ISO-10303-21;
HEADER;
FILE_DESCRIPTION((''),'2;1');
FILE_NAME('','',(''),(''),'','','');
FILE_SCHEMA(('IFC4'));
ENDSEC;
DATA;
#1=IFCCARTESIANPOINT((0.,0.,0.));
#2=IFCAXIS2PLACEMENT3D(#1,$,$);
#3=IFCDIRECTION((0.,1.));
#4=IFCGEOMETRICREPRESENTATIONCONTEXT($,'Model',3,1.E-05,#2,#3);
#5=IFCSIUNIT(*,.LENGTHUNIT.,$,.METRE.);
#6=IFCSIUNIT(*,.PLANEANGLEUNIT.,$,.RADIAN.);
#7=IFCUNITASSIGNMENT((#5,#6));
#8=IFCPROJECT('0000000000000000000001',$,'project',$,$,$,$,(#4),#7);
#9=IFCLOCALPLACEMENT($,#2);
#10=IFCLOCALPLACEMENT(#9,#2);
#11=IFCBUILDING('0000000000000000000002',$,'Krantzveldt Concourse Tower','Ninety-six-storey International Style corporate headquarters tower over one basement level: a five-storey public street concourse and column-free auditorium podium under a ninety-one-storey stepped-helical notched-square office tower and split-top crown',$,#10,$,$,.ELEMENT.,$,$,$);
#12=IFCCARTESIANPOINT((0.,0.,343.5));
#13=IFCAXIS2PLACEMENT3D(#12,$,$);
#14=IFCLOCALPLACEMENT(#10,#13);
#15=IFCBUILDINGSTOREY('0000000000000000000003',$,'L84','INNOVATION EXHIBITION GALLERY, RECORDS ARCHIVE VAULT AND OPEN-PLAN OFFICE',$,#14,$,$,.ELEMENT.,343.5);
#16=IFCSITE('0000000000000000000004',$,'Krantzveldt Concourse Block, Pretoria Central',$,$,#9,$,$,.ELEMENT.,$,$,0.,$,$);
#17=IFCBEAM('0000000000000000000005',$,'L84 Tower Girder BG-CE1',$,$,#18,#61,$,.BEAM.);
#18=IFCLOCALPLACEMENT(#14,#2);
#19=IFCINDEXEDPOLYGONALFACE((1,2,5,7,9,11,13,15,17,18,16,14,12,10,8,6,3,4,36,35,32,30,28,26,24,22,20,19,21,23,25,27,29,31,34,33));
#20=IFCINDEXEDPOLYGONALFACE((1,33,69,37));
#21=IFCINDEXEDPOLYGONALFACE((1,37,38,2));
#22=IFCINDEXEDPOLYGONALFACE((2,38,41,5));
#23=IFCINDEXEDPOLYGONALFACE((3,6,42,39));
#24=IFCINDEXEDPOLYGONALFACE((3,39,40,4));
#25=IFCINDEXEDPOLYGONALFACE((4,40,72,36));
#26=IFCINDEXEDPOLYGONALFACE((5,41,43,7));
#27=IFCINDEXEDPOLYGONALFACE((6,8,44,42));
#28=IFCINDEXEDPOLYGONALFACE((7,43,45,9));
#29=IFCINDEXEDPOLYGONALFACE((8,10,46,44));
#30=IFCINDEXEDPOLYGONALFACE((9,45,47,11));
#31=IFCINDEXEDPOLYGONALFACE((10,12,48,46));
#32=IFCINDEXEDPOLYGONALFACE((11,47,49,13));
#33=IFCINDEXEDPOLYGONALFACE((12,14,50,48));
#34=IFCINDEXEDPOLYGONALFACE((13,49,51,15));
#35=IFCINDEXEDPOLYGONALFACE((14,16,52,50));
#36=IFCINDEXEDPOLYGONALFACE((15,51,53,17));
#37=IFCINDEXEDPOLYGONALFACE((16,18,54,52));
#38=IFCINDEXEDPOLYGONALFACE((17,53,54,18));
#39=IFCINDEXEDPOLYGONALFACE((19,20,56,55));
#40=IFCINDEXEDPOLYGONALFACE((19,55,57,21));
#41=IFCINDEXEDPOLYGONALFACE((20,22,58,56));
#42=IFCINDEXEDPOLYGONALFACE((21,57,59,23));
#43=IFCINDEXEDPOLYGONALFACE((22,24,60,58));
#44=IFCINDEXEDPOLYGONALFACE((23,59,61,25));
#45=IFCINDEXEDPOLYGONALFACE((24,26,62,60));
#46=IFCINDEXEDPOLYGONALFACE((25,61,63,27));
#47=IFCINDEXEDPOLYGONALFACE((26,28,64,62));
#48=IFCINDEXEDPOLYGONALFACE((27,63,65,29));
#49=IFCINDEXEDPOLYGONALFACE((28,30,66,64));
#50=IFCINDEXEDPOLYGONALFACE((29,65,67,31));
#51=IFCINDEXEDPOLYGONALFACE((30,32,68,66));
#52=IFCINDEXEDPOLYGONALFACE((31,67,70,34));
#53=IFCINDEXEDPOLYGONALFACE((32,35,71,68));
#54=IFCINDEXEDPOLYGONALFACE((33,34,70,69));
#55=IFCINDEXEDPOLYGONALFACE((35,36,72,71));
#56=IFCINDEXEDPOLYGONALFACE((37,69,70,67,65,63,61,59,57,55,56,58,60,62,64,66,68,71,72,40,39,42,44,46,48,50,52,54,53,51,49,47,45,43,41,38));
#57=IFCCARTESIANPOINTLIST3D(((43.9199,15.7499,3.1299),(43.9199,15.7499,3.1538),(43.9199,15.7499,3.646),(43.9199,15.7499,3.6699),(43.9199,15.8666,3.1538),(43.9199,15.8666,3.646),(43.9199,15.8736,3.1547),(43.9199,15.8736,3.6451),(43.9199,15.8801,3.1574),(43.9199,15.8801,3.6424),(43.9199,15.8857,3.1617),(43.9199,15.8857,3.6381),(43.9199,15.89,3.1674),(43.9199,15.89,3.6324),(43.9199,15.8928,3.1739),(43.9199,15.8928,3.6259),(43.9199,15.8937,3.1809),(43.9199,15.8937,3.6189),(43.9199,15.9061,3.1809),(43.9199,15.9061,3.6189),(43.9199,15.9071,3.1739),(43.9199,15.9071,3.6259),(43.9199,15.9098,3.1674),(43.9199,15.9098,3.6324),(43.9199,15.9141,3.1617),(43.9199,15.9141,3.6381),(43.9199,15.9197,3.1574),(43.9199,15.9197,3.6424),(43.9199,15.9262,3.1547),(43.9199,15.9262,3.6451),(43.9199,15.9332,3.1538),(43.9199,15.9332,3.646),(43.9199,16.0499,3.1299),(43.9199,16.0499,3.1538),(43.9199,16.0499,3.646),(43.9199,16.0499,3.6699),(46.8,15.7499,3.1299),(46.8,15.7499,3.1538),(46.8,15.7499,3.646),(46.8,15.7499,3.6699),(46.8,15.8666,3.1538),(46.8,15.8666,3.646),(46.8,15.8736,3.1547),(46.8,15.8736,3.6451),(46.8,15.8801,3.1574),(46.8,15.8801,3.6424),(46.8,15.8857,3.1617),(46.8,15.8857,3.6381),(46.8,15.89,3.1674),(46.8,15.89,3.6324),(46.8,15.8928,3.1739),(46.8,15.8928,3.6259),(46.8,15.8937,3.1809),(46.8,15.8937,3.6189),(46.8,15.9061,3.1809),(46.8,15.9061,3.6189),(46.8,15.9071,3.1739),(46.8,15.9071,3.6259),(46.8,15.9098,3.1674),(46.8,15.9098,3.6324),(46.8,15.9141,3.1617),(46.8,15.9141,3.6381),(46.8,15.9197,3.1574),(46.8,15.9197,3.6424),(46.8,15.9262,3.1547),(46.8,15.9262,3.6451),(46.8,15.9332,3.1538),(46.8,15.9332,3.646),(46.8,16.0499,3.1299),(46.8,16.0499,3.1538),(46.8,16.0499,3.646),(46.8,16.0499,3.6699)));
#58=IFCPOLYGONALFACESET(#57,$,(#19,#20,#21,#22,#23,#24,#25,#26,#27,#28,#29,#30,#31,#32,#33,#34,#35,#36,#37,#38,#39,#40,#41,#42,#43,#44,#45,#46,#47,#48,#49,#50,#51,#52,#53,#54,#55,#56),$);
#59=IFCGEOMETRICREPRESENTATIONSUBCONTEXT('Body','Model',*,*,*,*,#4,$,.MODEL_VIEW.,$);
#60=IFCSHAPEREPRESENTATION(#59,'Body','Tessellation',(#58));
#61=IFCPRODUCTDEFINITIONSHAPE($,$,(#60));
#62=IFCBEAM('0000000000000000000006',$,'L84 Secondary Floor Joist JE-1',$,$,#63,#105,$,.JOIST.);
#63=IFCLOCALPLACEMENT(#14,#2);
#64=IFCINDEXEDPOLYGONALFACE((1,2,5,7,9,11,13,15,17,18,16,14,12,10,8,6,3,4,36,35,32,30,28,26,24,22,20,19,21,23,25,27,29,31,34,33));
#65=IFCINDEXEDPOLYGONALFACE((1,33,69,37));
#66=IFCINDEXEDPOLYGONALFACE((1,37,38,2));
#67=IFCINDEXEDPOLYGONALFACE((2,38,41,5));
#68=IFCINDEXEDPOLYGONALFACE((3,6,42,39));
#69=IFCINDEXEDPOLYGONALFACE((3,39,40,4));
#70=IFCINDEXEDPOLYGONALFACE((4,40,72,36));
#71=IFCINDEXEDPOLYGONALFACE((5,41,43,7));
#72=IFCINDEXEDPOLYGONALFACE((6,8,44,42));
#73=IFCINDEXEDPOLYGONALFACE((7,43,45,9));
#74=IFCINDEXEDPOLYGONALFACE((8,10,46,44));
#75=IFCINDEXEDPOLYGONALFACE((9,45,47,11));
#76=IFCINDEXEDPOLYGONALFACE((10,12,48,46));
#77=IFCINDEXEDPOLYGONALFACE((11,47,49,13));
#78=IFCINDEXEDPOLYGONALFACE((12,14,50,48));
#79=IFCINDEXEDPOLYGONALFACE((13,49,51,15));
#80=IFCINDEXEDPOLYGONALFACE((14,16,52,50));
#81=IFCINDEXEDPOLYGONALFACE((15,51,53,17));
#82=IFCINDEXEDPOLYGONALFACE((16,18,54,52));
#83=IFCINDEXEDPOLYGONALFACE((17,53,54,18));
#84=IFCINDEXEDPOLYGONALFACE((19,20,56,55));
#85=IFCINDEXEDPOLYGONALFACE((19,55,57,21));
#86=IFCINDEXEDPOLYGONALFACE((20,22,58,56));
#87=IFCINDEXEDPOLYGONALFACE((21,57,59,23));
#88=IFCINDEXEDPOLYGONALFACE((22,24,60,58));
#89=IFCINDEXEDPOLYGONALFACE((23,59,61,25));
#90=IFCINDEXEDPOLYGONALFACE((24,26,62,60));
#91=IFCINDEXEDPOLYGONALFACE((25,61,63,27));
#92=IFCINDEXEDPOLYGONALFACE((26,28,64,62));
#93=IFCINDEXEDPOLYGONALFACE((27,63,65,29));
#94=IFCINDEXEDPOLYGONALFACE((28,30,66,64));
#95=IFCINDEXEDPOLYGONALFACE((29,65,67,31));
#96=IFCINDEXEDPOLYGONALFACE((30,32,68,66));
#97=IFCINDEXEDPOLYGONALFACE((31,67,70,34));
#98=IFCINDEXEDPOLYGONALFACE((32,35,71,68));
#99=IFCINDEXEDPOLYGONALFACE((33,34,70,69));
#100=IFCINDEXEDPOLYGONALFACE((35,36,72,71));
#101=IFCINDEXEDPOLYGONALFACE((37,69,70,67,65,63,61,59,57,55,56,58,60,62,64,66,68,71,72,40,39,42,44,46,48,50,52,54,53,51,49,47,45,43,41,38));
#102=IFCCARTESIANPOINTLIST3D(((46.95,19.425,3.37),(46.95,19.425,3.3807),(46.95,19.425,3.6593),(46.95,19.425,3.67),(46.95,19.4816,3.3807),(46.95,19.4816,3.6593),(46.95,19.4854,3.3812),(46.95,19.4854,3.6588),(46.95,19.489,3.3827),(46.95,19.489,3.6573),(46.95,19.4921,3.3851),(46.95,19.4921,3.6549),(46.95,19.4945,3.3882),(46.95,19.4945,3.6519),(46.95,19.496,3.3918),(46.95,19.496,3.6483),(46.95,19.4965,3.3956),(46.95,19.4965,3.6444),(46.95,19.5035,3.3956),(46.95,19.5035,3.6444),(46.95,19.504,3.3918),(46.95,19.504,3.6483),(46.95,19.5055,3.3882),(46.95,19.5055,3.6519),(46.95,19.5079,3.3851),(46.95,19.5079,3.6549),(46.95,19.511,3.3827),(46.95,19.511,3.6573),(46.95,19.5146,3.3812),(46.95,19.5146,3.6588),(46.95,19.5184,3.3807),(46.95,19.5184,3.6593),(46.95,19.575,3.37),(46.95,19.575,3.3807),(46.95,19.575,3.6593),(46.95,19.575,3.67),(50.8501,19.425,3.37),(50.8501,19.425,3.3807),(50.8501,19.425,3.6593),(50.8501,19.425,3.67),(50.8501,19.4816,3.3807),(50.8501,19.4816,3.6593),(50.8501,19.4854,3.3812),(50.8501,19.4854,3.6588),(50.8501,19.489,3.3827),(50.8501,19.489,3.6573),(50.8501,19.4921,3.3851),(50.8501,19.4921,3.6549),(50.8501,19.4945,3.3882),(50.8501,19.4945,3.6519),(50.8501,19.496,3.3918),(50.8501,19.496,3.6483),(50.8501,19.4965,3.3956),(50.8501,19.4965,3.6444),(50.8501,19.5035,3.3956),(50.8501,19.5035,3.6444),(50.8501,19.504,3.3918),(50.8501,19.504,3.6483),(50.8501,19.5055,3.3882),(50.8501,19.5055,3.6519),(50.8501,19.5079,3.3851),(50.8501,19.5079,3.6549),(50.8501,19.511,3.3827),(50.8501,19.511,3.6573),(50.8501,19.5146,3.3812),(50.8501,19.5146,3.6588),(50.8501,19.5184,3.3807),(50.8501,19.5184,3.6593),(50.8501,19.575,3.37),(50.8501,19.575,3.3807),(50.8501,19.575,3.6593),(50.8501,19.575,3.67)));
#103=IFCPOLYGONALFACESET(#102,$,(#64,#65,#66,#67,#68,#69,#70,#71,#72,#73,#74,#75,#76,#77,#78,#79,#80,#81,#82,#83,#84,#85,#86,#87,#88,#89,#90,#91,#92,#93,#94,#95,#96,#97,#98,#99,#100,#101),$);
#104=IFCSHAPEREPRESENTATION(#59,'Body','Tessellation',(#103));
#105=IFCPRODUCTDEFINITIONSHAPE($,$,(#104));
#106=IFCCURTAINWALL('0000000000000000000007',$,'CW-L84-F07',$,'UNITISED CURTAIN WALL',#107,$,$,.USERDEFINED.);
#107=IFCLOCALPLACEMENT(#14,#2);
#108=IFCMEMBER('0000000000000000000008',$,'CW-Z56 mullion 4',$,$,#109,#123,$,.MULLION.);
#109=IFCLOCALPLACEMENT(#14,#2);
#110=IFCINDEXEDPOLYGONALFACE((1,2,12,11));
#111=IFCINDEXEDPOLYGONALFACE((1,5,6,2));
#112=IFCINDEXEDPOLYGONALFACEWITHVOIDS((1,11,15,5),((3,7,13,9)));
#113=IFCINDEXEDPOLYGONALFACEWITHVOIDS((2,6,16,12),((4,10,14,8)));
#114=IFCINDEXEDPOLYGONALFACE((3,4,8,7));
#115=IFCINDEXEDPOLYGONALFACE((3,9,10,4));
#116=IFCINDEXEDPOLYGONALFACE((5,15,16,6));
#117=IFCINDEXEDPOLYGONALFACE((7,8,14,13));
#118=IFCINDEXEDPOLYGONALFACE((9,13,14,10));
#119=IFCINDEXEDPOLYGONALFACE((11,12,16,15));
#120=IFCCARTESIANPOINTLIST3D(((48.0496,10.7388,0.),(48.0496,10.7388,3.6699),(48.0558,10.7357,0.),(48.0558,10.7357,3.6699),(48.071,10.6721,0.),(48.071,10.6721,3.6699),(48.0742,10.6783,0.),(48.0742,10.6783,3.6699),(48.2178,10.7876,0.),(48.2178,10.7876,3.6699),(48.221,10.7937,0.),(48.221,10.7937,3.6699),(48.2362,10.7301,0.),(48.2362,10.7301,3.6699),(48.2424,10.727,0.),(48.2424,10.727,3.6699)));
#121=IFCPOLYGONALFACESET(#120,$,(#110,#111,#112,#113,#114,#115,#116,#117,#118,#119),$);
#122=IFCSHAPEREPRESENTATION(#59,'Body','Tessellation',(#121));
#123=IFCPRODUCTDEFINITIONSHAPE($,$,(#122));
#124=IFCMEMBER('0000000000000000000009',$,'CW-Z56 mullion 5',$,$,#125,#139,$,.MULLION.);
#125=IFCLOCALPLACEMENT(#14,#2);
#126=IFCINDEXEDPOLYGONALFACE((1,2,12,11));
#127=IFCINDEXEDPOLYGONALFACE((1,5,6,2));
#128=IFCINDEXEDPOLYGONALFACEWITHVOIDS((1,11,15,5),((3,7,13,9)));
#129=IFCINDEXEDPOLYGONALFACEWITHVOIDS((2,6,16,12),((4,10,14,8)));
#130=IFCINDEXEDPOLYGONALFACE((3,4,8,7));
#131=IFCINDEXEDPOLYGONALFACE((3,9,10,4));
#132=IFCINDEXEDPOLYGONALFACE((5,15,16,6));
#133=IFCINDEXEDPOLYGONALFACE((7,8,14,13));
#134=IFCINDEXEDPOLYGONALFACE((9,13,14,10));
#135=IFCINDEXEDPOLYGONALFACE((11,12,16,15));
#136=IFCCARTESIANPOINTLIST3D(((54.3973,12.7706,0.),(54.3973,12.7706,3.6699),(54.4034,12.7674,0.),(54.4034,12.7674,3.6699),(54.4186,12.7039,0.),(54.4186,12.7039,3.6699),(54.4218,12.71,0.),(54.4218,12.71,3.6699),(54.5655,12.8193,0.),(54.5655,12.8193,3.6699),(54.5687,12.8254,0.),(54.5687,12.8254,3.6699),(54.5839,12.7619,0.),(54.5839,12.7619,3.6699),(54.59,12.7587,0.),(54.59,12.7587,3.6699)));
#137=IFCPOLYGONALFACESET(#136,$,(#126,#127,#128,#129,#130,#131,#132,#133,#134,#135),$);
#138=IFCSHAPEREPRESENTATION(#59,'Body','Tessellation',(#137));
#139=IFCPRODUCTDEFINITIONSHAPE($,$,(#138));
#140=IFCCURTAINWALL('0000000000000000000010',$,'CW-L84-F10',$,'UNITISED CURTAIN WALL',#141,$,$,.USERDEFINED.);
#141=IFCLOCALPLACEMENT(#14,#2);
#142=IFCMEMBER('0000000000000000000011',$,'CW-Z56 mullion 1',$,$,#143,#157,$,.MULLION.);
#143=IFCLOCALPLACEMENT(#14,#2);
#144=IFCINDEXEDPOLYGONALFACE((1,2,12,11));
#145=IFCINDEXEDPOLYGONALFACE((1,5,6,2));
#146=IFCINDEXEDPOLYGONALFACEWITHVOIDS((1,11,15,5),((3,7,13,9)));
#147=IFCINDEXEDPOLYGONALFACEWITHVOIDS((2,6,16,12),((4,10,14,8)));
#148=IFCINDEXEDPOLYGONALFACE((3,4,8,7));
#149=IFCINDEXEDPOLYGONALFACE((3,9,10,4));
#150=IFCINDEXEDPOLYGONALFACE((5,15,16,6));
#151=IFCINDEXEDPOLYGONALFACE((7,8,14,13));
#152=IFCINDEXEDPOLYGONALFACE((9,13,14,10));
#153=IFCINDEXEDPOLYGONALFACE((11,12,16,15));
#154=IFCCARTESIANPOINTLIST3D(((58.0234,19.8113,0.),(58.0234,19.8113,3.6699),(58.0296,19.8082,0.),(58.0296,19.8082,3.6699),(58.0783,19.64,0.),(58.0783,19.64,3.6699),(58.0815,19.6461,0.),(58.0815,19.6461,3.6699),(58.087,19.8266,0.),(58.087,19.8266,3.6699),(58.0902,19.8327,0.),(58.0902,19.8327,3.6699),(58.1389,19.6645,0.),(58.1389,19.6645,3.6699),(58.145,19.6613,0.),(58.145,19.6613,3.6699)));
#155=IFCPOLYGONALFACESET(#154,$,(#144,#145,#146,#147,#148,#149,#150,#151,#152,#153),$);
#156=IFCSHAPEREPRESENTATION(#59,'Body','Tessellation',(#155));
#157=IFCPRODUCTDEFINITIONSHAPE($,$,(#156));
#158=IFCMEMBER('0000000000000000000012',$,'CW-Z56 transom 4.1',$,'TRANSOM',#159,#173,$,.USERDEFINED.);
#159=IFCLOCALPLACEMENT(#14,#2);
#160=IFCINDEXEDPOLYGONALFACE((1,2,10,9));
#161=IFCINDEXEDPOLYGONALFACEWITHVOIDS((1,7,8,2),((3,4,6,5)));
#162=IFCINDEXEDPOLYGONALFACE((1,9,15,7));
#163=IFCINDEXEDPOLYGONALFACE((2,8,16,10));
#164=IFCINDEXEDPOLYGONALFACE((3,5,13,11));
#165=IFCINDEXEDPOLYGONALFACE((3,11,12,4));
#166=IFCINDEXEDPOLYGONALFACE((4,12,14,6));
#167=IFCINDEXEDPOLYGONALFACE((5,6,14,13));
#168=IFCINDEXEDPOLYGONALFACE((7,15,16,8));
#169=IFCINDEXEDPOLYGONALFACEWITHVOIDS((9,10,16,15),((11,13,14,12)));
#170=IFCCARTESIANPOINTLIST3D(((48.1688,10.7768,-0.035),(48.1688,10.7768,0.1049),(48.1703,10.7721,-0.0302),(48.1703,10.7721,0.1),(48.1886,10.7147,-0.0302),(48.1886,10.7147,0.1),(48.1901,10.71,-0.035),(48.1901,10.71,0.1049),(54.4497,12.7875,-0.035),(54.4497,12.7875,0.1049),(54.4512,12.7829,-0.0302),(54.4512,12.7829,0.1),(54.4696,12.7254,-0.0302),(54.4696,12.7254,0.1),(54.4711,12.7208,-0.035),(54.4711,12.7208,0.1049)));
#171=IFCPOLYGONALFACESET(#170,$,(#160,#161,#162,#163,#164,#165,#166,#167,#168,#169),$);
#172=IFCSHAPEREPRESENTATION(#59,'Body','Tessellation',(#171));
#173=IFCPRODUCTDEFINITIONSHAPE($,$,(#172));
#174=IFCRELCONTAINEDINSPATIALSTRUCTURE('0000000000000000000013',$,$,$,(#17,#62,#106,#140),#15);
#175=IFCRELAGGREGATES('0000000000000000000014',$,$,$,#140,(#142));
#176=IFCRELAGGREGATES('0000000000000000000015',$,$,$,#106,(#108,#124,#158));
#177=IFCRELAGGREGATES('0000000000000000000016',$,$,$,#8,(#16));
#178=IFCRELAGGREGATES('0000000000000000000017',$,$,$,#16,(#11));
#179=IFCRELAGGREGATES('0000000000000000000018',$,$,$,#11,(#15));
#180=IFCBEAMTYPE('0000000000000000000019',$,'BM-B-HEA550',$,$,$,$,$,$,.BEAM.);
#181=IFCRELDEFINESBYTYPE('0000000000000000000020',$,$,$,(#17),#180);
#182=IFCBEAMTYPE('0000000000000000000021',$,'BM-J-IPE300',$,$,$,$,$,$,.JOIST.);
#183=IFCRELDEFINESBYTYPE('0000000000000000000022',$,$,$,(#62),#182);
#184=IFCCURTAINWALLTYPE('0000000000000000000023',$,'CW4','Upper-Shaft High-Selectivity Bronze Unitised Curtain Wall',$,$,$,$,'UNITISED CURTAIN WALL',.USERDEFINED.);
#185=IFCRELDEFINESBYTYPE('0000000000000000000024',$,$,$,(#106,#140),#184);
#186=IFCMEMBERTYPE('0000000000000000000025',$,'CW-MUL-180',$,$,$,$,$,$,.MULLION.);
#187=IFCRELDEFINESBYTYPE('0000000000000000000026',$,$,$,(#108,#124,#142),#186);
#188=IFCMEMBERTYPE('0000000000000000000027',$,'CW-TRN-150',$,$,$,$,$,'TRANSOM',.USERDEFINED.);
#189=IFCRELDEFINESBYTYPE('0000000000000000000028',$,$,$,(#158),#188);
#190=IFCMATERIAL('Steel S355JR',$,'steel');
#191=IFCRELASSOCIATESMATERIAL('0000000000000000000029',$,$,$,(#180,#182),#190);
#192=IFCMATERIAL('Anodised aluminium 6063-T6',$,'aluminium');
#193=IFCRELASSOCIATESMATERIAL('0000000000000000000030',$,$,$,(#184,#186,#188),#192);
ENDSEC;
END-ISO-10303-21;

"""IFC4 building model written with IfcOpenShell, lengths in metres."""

from ifc_helpers import new_model, si_unit, direction, frame, origin, origin_2d, place, context, subcontext, project, spatial, hollow_rectangle, i_section, extrude, source, transform, mapped, material, material_profile, profile_set, type_object, type_shapes, element, aggregate, save


model = new_model("IFC4")

# Units and contexts
model_context = context("Model", 3, precision=1e-05, world=origin(), true_north=direction((0.0, 1.0)))
body_context = subcontext(model_context, "Body", "Model", "MODEL_VIEW")
ifc_project = project(units=[si_unit("LENGTHUNIT", "METRE"), si_unit("PLANEANGLEUNIT", "RADIAN")], contexts=[model_context])

# Site, building, storey
site_placement = place(None, origin())
site = spatial("IfcSite", under=ifc_project, at=site_placement, Name="Krantzveldt Concourse Block, Pretoria Central", CompositionType="ELEMENT", RefElevation=0.0)
building_placement = place(site_placement, origin())
building = spatial("IfcBuilding", under=site, at=building_placement, Name="Krantzveldt Concourse Tower", Description="Ninety-six-storey International Style corporate headquarters tower over one basement level: a five-storey public street concourse and column-free auditorium podium under a ninety-one-storey stepped-helical notched-square office tower and split-top crown", CompositionType="ELEMENT")
storey_placement = place(building_placement, frame((0.0, 0.0, 343.5)))
storey = spatial("IfcBuildingStorey", under=building, at=storey_placement, Name="L84", Description="INNOVATION EXHIBITION GALLERY, RECORDS ARCHIVE VAULT AND OPEN-PLAN OFFICE", CompositionType="ELEMENT", Elevation=343.5)

# Beams
ifc_material_1 = material(Name="Steel S355JR", Category="steel")
ifc_material_profile_1 = material_profile(ifc_material_1, i_section(OverallWidth=0.3, OverallDepth=0.54, WebThickness=0.0125, FlangeThickness=0.0239, FilletRadius=0.0271, at=origin_2d()), Name="Steel S355JR", Category="steel")
ifc_profile_set_1 = profile_set([ifc_material_profile_1], Name="Steel S355JR - HEA 550")
beam_type_1 = type_object("IfcBeamType", Name="BM-B-HEA550", PredefinedType="BEAM", material=ifc_profile_set_1)
shared_shape_1 = source(origin(), body_context, "Body", "SweptSolid", [
    extrude(i_section(OverallWidth=0.3, OverallDepth=0.54, WebThickness=0.0125, FlangeThickness=0.0239, FilletRadius=0.0271, at=origin_2d()), origin(), (0.0, 0.0, 1.0), 2.8801),
])
beam_1_placement = place(storey_placement, frame((43.9199, 15.8999, 3.3999), z_axis=(1.0, 0.0, 0.0), x_axis=(0.0, 1.0, 0.0)))
element("IfcBeam", 1, at=beam_1_placement, inside=storey, type_object=beam_type_1, Name="L84 Tower Girder BG-CE1", PredefinedType="BEAM", context=body_context, shape_type="MappedRepresentation", body=[
    mapped(shared_shape_1, transform((0.0, 0.0, 0.0), x_axis=(1.0, 0.0, 0.0), y_axis=(0.0, 1.0, 0.0), z_axis=(0.0, 0.0, 1.0), scale=1.0)),
])
ifc_material_profile_2 = material_profile(ifc_material_1, i_section(OverallWidth=0.1499, OverallDepth=0.3, WebThickness=0.0071, FlangeThickness=0.0107, FilletRadius=0.0149, at=origin_2d()), Name="Steel S355JR", Category="steel")
ifc_profile_set_2 = profile_set([ifc_material_profile_2], Name="Steel S355JR - IPE 300")
beam_type_2 = type_object("IfcBeamType", Name="BM-J-IPE300", PredefinedType="JOIST", material=ifc_profile_set_2)
shared_shape_2 = source(origin(), body_context, "Body", "SweptSolid", [
    extrude(i_section(OverallWidth=0.1499, OverallDepth=0.3, WebThickness=0.0071, FlangeThickness=0.0107, FilletRadius=0.0149, at=origin_2d()), origin(), (0.0, 0.0, 1.0), 3.9001),
])
type_shapes(beam_type_2, [shared_shape_2])
beam_2_placement = place(storey_placement, frame((46.95, 19.5, 3.52), z_axis=(1.0, 0.0, 0.0), x_axis=(0.0, 1.0, 0.0)))
element("IfcBeam", 2, at=beam_2_placement, inside=storey, type_object=beam_type_2, Name="L84 Secondary Floor Joist JE-1", PredefinedType="JOIST", context=body_context, shape_type="MappedRepresentation", body=[
    mapped(shared_shape_2, transform((0.0, 0.0, 0.0), x_axis=(1.0, 0.0, 0.0), y_axis=(0.0, 1.0, 0.0), z_axis=(0.0, 0.0, 1.0), scale=1.0)),
])

# Curtain wall, members
ifc_material_2 = material(Name="Anodised aluminium 6063-T6", Category="aluminium")
curtain_wall_type = type_object("IfcCurtainWallType", Name="CW4", Description="Upper-Shaft High-Selectivity Bronze Unitised Curtain Wall", ElementType="UNITISED CURTAIN WALL", PredefinedType="USERDEFINED", material=ifc_material_2)
curtain_wall_1_placement = place(storey_placement, origin())
curtain_wall_1 = element("IfcCurtainWall", 3, at=curtain_wall_1_placement, inside=storey, type_object=curtain_wall_type, Name="CW-L84-F07", ObjectType="UNITISED CURTAIN WALL", PredefinedType="USERDEFINED")
ifc_material_profile_3 = material_profile(ifc_material_2, hollow_rectangle(XDim=0.0701, YDim=0.1799, WallThickness=0.0049, at=origin_2d()), Name="Anodised aluminium 6063-T6", Category="aluminium")
ifc_profile_set_3 = profile_set([ifc_material_profile_3], Name="Anodised aluminium 6063-T6 - ALU-MULL 180x70x5")
member_type_1 = type_object("IfcMemberType", Name="CW-MUL-180", PredefinedType="MULLION", material=ifc_profile_set_3)
shared_shape_3 = source(origin(), body_context, "Body", "SweptSolid", [
    extrude(hollow_rectangle(XDim=0.0701, YDim=0.1799, WallThickness=0.0049, at=origin_2d()), origin(), (0.0, 0.0, 1.0), 3.6699),
])
type_shapes(member_type_1, [shared_shape_3])
member_1_placement = place(storey_placement, frame((48.146, 10.7329, 0.0), z_axis=(0.0, 0.0, 1.0), x_axis=(-0.304864, 0.952396, 0.0)))
member_1 = element("IfcMember", 4, at=member_1_placement, type_object=member_type_1, Name="CW-Z56 mullion 4", PredefinedType="MULLION", context=body_context, shape_type="MappedRepresentation", body=[
    mapped(shared_shape_3, transform((0.0, 0.0, 0.0), x_axis=(1.0, 0.0, 0.0), y_axis=(0.0, 1.0, 0.0), z_axis=(0.0, 0.0, 1.0), scale=1.0)),
])
member_2_placement = place(storey_placement, frame((54.4937, 12.7646, 0.0), z_axis=(0.0, 0.0, 1.0), x_axis=(-0.304864, 0.952396, 0.0)))
member_2 = element("IfcMember", 5, at=member_2_placement, type_object=member_type_1, Name="CW-Z56 mullion 5", PredefinedType="MULLION", context=body_context, shape_type="MappedRepresentation", body=[
    mapped(shared_shape_3, transform((0.0, 0.0, 0.0), x_axis=(1.0, 0.0, 0.0), y_axis=(0.0, 1.0, 0.0), z_axis=(0.0, 0.0, 1.0), scale=1.0)),
])

# Curtain wall, member
curtain_wall_2_placement = place(storey_placement, origin())
curtain_wall_2 = element("IfcCurtainWall", 6, at=curtain_wall_2_placement, inside=storey, type_object=curtain_wall_type, Name="CW-L84-F10", ObjectType="UNITISED CURTAIN WALL", PredefinedType="USERDEFINED")
member_3_placement = place(storey_placement, frame((58.0842, 19.7363, 0.0), z_axis=(0.0, 0.0, 1.0), x_axis=(-0.952396, -0.304865, 0.0)))
member_3 = element("IfcMember", 7, at=member_3_placement, type_object=member_type_1, Name="CW-Z56 mullion 1", PredefinedType="MULLION", context=body_context, shape_type="MappedRepresentation", body=[
    mapped(shared_shape_3, transform((0.0, 0.0, 0.0), x_axis=(1.0, 0.0, 0.0), y_axis=(0.0, 1.0, 0.0), z_axis=(0.0, 0.0, 1.0), scale=1.0)),
])

# Member
ifc_material_profile_4 = material_profile(ifc_material_2, hollow_rectangle(XDim=0.0701, YDim=0.1399, WallThickness=0.0049, at=origin_2d()), Name="Anodised aluminium 6063-T6", Category="aluminium")
ifc_profile_set_4 = profile_set([ifc_material_profile_4], Name="Anodised aluminium 6063-T6 - ALU-TRAN 140x70x5")
member_type_2 = type_object("IfcMemberType", Name="CW-TRN-150", ElementType="TRANSOM", PredefinedType="USERDEFINED", material=ifc_profile_set_4)
shared_shape_4 = source(origin(), body_context, "Body", "SweptSolid", [
    extrude(hollow_rectangle(XDim=0.0701, YDim=0.1399, WallThickness=0.0049, at=origin_2d()), origin(), (0.0, 0.0, 1.0), 6.595),
])
member_4_placement = place(storey_placement, frame((48.1794, 10.7434, 0.0349), z_axis=(0.952388, 0.304889, 0.0), x_axis=(-0.304889, 0.952388, 0.0)))
member_4 = element("IfcMember", 8, at=member_4_placement, type_object=member_type_2, Name="CW-Z56 transom 4.1", ObjectType="TRANSOM", PredefinedType="USERDEFINED", context=body_context, shape_type="MappedRepresentation", body=[
    mapped(shared_shape_4, transform((0.0, 0.0, 0.0), x_axis=(1.0, 0.0, 0.0), y_axis=(0.0, 1.0, 0.0), z_axis=(0.0, 0.0, 1.0), scale=1.0)),
])
aggregate(curtain_wall_2, [member_3])

aggregate(curtain_wall_1, [member_1, member_2, member_4])

save(model, "model.ifc")
